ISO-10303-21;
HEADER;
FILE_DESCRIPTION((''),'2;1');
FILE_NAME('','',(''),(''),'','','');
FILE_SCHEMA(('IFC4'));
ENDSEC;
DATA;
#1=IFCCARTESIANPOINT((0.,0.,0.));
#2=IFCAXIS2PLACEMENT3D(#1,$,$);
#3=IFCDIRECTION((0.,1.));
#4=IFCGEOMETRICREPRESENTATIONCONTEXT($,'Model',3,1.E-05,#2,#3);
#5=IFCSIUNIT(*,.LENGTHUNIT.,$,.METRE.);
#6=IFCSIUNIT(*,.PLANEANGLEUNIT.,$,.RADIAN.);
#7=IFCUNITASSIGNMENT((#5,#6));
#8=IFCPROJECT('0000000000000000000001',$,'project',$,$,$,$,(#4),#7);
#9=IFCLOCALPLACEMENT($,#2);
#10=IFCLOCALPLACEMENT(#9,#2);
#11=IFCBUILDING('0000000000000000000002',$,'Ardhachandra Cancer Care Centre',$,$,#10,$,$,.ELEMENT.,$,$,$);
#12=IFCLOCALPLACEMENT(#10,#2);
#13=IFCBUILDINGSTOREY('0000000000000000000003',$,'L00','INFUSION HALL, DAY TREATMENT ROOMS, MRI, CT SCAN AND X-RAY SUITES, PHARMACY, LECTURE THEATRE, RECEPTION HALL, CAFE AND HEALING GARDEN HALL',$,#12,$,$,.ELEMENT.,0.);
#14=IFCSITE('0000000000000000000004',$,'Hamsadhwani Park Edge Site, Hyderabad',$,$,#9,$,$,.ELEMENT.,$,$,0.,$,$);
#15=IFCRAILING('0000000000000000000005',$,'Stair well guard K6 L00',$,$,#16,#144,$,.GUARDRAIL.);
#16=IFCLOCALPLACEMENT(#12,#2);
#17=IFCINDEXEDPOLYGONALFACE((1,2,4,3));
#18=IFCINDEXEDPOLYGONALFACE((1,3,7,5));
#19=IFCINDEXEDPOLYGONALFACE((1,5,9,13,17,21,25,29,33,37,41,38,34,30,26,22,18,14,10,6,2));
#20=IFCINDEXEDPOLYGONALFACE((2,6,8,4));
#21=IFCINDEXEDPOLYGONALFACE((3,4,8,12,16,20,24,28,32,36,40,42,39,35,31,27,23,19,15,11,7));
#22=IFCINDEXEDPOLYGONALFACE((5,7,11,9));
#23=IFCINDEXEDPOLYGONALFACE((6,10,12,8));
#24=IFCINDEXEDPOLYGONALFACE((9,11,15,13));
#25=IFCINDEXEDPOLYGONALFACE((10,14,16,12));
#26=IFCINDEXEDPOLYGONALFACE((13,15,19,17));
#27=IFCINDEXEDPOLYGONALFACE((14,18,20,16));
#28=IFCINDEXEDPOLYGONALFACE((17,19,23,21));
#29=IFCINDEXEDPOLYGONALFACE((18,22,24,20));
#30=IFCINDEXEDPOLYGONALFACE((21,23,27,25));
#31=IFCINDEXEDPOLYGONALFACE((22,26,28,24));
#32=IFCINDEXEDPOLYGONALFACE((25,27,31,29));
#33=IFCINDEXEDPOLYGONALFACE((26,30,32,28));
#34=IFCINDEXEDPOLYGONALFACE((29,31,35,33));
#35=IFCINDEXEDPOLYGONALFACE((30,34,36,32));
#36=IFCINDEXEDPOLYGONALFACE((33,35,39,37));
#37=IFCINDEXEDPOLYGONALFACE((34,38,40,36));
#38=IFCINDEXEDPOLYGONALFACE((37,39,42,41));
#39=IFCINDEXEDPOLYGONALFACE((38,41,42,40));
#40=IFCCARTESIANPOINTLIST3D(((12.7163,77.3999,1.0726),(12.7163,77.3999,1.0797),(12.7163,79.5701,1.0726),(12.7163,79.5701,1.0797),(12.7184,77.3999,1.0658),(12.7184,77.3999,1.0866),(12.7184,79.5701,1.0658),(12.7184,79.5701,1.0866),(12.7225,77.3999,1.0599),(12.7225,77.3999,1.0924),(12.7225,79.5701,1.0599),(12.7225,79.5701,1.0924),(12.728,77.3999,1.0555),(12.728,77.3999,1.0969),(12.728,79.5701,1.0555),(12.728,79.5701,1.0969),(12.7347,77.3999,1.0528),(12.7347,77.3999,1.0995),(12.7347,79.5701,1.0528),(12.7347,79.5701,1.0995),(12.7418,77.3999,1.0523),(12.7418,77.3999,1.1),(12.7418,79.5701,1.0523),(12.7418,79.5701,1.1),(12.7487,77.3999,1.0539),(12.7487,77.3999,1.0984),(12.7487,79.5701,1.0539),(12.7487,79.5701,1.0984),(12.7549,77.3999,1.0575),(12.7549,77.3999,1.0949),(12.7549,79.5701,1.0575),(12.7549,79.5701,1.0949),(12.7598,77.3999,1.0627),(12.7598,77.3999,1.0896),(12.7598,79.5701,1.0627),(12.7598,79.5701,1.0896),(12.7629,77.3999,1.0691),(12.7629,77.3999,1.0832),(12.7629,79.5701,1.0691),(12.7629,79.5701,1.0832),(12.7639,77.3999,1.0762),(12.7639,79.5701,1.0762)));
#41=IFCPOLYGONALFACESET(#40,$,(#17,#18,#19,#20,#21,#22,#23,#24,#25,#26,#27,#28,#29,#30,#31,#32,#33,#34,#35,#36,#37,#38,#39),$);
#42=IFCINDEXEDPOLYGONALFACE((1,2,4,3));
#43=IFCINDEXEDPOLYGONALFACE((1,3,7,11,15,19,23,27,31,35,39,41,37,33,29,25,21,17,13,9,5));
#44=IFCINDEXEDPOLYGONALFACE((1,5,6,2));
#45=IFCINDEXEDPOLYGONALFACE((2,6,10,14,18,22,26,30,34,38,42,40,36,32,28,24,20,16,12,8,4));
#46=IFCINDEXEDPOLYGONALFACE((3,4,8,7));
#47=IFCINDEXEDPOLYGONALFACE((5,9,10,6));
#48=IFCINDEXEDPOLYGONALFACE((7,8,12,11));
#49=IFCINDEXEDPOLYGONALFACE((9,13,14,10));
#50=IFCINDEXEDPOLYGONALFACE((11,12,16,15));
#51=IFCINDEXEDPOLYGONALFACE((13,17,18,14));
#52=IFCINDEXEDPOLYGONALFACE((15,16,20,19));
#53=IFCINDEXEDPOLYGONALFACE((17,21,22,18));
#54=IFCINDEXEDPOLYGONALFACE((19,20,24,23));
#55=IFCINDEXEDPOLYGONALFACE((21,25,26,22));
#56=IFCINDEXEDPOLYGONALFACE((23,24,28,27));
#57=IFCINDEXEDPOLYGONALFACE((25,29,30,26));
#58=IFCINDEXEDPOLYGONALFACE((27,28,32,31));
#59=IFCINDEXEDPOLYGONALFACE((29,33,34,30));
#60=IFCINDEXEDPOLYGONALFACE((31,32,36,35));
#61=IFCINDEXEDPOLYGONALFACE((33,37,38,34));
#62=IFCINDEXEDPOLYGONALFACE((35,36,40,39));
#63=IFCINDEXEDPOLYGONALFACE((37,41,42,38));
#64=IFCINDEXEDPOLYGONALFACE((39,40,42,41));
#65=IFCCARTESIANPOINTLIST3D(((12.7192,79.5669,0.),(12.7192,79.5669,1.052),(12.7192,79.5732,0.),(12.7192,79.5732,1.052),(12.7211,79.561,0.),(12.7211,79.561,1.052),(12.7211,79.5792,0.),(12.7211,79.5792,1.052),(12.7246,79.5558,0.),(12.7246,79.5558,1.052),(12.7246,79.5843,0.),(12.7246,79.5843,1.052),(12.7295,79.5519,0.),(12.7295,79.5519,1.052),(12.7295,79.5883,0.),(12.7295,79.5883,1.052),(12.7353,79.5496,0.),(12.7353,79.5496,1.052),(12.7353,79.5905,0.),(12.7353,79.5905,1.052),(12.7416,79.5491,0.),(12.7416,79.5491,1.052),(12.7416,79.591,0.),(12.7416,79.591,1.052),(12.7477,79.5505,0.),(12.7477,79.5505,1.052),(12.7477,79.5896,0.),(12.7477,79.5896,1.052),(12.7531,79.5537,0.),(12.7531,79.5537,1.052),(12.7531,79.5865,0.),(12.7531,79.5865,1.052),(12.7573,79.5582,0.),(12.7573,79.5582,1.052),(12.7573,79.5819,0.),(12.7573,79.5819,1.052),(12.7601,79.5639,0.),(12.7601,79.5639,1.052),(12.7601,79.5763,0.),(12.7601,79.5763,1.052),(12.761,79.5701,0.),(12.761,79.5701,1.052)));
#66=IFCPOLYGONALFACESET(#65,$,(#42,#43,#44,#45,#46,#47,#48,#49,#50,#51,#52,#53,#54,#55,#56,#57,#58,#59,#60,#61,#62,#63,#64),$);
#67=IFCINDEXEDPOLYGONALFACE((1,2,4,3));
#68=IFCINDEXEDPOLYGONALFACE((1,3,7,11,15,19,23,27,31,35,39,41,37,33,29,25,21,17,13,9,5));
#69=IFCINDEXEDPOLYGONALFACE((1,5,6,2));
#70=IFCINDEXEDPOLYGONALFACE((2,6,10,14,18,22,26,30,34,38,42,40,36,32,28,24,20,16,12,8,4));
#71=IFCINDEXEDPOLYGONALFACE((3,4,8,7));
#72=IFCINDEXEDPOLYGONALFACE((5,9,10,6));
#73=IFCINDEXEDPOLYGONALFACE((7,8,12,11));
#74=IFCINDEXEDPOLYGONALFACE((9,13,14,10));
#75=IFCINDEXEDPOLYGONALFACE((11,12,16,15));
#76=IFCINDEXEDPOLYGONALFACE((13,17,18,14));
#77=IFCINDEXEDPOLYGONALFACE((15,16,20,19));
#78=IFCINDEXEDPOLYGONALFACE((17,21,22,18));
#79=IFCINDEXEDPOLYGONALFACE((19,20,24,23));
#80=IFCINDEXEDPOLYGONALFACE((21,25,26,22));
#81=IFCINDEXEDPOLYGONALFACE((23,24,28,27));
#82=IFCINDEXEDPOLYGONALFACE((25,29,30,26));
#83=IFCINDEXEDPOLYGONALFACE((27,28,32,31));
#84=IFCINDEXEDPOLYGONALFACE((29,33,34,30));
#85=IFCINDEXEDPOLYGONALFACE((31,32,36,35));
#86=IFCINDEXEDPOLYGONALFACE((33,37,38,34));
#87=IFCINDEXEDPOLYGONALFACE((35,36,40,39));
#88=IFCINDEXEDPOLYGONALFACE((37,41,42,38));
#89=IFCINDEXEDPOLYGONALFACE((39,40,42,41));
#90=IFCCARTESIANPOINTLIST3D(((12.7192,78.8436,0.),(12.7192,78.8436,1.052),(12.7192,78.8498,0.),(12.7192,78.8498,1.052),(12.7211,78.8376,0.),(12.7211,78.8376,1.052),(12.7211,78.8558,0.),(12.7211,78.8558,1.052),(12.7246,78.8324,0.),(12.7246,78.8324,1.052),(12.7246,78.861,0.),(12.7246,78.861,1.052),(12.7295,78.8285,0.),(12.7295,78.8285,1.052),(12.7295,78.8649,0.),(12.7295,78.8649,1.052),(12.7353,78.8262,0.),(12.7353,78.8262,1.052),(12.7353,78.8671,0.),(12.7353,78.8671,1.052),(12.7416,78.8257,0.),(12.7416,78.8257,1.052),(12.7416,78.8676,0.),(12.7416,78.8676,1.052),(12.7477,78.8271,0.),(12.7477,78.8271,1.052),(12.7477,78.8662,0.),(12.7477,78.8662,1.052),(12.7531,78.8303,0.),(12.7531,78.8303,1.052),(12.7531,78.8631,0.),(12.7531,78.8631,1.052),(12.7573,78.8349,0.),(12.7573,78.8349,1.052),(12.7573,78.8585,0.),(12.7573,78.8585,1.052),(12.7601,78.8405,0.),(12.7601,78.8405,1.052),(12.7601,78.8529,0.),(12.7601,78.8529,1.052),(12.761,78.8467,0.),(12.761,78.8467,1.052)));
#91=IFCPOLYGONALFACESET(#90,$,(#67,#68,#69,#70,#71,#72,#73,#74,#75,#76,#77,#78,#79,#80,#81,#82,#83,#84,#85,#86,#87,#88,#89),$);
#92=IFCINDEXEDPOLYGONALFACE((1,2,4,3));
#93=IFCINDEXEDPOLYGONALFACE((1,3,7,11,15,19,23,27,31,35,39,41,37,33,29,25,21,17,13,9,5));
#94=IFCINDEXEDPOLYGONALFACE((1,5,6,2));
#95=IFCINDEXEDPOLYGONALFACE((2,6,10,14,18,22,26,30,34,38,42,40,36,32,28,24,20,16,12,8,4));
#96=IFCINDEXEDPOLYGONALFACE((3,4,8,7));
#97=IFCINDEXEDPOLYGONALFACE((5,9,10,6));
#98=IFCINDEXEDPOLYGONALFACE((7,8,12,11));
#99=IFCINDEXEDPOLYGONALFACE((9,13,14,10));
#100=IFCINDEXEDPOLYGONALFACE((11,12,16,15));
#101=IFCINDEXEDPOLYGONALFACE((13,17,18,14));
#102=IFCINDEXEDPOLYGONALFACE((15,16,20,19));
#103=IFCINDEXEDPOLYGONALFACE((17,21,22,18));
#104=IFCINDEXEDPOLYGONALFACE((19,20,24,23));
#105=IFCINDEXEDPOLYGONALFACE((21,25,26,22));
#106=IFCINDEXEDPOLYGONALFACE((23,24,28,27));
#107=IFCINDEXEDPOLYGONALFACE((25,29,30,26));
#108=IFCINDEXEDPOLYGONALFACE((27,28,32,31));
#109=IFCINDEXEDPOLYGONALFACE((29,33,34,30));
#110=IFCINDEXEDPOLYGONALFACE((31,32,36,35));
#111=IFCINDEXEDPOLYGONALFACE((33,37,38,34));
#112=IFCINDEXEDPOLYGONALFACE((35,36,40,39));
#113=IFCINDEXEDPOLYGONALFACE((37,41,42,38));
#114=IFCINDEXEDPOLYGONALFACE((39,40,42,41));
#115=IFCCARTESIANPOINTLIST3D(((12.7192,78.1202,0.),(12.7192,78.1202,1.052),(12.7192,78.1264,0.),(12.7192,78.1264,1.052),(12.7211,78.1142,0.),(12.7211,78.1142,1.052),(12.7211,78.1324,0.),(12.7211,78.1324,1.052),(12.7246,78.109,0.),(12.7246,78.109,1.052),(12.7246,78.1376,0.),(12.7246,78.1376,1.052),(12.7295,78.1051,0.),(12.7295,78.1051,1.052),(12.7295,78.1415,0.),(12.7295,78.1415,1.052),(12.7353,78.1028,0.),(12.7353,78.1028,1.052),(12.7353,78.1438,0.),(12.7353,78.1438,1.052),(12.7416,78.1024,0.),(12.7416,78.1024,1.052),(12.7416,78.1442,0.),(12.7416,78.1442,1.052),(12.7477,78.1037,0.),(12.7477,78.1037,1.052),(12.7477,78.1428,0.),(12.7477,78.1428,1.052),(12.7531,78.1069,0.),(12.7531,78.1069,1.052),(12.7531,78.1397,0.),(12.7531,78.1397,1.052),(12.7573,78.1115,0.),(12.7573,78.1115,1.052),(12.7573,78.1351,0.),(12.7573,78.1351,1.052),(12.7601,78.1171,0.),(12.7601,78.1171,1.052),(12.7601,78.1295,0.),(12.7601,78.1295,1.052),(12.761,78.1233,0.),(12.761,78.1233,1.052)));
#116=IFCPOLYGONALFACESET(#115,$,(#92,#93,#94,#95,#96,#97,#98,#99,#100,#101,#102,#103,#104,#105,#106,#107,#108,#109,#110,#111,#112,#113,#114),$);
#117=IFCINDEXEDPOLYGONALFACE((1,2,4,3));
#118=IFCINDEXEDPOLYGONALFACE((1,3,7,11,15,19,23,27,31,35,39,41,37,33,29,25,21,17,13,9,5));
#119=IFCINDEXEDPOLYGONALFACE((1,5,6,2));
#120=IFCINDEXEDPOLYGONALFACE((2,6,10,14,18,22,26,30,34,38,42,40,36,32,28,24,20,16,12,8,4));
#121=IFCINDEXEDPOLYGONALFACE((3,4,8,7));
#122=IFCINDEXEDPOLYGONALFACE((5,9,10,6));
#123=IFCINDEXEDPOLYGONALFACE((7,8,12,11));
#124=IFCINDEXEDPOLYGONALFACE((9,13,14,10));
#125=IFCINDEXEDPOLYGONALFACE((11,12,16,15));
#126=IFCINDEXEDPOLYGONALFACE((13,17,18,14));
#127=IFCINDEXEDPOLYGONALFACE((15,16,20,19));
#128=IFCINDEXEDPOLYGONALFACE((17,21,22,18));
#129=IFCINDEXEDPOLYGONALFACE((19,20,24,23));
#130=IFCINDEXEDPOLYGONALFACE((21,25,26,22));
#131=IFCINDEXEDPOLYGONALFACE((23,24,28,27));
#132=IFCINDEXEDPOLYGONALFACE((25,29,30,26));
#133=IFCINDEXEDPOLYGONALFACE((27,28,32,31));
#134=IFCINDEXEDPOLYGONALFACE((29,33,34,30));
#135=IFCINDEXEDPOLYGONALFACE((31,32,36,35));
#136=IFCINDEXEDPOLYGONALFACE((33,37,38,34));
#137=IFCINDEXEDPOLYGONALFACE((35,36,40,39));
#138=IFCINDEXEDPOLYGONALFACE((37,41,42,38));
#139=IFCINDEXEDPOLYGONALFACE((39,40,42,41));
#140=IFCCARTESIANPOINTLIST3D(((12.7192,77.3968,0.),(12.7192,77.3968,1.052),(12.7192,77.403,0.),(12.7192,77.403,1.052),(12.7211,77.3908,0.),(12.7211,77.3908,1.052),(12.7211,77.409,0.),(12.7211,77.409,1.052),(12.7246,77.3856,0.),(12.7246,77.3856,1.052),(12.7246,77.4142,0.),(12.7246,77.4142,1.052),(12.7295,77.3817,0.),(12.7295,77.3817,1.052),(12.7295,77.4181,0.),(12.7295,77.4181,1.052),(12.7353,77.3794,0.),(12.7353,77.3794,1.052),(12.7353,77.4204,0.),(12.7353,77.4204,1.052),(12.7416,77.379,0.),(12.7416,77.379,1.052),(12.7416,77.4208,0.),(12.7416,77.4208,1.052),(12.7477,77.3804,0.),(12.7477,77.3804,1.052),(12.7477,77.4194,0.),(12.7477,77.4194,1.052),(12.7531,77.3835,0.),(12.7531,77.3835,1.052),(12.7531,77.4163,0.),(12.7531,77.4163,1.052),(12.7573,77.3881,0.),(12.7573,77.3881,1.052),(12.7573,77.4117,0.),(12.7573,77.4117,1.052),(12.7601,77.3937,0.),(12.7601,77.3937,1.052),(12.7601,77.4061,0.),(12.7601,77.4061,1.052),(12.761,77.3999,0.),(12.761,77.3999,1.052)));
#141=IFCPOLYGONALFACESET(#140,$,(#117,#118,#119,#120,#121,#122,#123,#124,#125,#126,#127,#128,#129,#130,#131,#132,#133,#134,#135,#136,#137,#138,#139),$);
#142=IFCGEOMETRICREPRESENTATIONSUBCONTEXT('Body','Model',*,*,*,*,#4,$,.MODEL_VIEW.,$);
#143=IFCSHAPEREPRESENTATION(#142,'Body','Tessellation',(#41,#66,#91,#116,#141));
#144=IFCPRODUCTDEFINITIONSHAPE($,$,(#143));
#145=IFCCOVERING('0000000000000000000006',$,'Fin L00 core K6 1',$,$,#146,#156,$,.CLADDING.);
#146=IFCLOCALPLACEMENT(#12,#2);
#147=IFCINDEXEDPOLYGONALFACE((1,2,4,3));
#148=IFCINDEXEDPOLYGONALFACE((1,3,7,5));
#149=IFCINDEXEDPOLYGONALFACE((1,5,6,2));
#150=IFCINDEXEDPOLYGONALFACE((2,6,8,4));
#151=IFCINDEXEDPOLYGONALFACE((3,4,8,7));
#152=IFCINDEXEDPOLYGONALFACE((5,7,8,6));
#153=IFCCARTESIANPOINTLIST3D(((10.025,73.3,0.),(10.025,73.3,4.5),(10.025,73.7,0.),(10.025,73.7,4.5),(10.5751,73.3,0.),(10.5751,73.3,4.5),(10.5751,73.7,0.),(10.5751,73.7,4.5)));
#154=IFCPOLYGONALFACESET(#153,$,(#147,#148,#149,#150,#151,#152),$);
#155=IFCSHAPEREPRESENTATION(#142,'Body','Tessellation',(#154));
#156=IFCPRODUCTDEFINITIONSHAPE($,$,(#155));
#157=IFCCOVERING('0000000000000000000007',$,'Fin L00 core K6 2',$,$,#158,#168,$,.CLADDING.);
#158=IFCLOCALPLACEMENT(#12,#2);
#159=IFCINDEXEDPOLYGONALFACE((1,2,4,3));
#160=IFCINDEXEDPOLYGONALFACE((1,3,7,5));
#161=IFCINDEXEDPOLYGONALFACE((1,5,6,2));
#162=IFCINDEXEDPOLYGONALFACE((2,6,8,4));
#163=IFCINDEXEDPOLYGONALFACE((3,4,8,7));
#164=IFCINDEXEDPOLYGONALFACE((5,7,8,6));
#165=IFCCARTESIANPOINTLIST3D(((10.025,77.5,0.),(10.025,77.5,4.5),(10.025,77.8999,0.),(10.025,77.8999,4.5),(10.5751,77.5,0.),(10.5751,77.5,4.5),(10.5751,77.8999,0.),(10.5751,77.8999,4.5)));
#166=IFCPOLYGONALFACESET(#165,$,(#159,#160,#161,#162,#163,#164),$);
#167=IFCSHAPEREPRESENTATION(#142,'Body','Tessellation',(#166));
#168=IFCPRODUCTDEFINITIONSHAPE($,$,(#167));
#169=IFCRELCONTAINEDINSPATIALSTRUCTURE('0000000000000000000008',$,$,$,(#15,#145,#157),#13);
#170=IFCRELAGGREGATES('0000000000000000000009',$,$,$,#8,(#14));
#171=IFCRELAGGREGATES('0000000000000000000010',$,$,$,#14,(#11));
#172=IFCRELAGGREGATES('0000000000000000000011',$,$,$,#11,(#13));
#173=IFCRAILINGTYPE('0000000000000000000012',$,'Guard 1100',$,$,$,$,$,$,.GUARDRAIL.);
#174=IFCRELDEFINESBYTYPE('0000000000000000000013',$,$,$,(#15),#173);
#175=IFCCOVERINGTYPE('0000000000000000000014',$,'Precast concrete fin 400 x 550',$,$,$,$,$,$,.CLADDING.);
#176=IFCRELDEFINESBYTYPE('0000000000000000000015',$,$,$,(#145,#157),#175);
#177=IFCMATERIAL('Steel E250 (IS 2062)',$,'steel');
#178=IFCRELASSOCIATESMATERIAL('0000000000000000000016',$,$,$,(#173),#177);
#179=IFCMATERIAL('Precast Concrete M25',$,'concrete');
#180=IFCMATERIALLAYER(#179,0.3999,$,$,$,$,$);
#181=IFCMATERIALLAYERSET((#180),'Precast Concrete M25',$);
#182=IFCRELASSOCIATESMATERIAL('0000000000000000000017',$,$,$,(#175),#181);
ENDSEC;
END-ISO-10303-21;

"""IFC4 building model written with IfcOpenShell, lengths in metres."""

from ifc_helpers import new_model, si_unit, direction, frame, origin, origin_2d, place, context, subcontext, project, spatial, rectangle, circle, extrude, material, layer, layer_set, type_object, element, save


model = new_model("IFC4")

# Units and contexts
model_context = context("Model", 3, precision=1e-05, world=origin(), true_north=direction((0.0, 1.0)))
body_context = subcontext(model_context, "Body", "Model", "MODEL_VIEW")
ifc_project = project(units=[si_unit("LENGTHUNIT", "METRE"), si_unit("PLANEANGLEUNIT", "RADIAN")], contexts=[model_context])

# Site, building, storey
site_placement = place(None, origin())
site = spatial("IfcSite", under=ifc_project, at=site_placement, Name="Hamsadhwani Park Edge Site, Hyderabad", CompositionType="ELEMENT", RefElevation=0.0)
building_placement = place(site_placement, origin())
building = spatial("IfcBuilding", under=site, at=building_placement, Name="Ardhachandra Cancer Care Centre", CompositionType="ELEMENT")
storey_placement = place(building_placement, origin())
storey = spatial("IfcBuildingStorey", under=building, at=storey_placement, Name="L00", Description="INFUSION HALL, DAY TREATMENT ROOMS, MRI, CT SCAN AND X-RAY SUITES, PHARMACY, LECTURE THEATRE, RECEPTION HALL, CAFE AND HEALING GARDEN HALL", CompositionType="ELEMENT", Elevation=0.0)

# Railing
ifc_material_1 = material(Name="Steel E250 (IS 2062)", Category="steel")
railing_type_1 = type_object("IfcRailingType", Name="Guard 1100", PredefinedType="GUARDRAIL", material=ifc_material_1)
railing_1_placement = place(storey_placement, frame((12.74, 79.5701, 0.0)))
element("IfcRailing", 1, at=railing_1_placement, inside=storey, type_object=railing_type_1, Name="Stair well guard K6 L00", PredefinedType="GUARDRAIL", context=body_context, shape_type="SweptSolid", body=[
    extrude(circle(Radius=0.0239, at=origin_2d()), frame((0.0, 0.0, 1.0762), z_axis=(0.0, -1.0, 0.0), x_axis=(1.0, 0.0, 0.0)), (0.0, 0.0, 1.0), 2.1702),
    extrude(circle(Radius=0.021, at=origin_2d()), origin(), (0.0, 0.0, 1.0), 1.052),
    extrude(circle(Radius=0.021, at=origin_2d()), frame((0.0, -0.7234, 0.0)), (0.0, 0.0, 1.0), 1.052),
    extrude(circle(Radius=0.021, at=origin_2d()), frame((0.0, -1.4468, 0.0)), (0.0, 0.0, 1.0), 1.052),
    extrude(circle(Radius=0.021, at=origin_2d()), frame((0.0, -2.1702, 0.0)), (0.0, 0.0, 1.0), 1.052),
])

# Coverings
ifc_material_2 = material(Name="Precast Concrete M25", Category="concrete")
ifc_layer_1 = layer(ifc_material_2, 0.3999)
ifc_layer_set_1 = layer_set([ifc_layer_1], Name="Precast Concrete M25")
covering_type = type_object("IfcCoveringType", Name="Precast concrete fin 400 x 550", PredefinedType="CLADDING", material=ifc_layer_set_1)
for number, where, z_axis, x_axis, name in (
    (2, (10.3, 73.5, 0.0), (0.0, 0.0, 1.0), (0.0, 1.0, 0.0), "Fin L00 core K6 1"),
    (3, (10.3, 77.7, 0.0), (0.0, 0.0, 1.0), (0.0, 1.0, 0.0), "Fin L00 core K6 2"),
):
    element("IfcCovering", number, at=place(storey_placement, frame(where, z_axis=z_axis, x_axis=x_axis)), inside=storey, type_object=covering_type, Name=name, PredefinedType="CLADDING", context=body_context, shape_type="SweptSolid", body=[
        extrude(rectangle(XDim=0.3999, YDim=0.55, at=origin_2d()), origin(), (0.0, 0.0, 1.0), 4.5),
    ])

save(model, "model.ifc")
